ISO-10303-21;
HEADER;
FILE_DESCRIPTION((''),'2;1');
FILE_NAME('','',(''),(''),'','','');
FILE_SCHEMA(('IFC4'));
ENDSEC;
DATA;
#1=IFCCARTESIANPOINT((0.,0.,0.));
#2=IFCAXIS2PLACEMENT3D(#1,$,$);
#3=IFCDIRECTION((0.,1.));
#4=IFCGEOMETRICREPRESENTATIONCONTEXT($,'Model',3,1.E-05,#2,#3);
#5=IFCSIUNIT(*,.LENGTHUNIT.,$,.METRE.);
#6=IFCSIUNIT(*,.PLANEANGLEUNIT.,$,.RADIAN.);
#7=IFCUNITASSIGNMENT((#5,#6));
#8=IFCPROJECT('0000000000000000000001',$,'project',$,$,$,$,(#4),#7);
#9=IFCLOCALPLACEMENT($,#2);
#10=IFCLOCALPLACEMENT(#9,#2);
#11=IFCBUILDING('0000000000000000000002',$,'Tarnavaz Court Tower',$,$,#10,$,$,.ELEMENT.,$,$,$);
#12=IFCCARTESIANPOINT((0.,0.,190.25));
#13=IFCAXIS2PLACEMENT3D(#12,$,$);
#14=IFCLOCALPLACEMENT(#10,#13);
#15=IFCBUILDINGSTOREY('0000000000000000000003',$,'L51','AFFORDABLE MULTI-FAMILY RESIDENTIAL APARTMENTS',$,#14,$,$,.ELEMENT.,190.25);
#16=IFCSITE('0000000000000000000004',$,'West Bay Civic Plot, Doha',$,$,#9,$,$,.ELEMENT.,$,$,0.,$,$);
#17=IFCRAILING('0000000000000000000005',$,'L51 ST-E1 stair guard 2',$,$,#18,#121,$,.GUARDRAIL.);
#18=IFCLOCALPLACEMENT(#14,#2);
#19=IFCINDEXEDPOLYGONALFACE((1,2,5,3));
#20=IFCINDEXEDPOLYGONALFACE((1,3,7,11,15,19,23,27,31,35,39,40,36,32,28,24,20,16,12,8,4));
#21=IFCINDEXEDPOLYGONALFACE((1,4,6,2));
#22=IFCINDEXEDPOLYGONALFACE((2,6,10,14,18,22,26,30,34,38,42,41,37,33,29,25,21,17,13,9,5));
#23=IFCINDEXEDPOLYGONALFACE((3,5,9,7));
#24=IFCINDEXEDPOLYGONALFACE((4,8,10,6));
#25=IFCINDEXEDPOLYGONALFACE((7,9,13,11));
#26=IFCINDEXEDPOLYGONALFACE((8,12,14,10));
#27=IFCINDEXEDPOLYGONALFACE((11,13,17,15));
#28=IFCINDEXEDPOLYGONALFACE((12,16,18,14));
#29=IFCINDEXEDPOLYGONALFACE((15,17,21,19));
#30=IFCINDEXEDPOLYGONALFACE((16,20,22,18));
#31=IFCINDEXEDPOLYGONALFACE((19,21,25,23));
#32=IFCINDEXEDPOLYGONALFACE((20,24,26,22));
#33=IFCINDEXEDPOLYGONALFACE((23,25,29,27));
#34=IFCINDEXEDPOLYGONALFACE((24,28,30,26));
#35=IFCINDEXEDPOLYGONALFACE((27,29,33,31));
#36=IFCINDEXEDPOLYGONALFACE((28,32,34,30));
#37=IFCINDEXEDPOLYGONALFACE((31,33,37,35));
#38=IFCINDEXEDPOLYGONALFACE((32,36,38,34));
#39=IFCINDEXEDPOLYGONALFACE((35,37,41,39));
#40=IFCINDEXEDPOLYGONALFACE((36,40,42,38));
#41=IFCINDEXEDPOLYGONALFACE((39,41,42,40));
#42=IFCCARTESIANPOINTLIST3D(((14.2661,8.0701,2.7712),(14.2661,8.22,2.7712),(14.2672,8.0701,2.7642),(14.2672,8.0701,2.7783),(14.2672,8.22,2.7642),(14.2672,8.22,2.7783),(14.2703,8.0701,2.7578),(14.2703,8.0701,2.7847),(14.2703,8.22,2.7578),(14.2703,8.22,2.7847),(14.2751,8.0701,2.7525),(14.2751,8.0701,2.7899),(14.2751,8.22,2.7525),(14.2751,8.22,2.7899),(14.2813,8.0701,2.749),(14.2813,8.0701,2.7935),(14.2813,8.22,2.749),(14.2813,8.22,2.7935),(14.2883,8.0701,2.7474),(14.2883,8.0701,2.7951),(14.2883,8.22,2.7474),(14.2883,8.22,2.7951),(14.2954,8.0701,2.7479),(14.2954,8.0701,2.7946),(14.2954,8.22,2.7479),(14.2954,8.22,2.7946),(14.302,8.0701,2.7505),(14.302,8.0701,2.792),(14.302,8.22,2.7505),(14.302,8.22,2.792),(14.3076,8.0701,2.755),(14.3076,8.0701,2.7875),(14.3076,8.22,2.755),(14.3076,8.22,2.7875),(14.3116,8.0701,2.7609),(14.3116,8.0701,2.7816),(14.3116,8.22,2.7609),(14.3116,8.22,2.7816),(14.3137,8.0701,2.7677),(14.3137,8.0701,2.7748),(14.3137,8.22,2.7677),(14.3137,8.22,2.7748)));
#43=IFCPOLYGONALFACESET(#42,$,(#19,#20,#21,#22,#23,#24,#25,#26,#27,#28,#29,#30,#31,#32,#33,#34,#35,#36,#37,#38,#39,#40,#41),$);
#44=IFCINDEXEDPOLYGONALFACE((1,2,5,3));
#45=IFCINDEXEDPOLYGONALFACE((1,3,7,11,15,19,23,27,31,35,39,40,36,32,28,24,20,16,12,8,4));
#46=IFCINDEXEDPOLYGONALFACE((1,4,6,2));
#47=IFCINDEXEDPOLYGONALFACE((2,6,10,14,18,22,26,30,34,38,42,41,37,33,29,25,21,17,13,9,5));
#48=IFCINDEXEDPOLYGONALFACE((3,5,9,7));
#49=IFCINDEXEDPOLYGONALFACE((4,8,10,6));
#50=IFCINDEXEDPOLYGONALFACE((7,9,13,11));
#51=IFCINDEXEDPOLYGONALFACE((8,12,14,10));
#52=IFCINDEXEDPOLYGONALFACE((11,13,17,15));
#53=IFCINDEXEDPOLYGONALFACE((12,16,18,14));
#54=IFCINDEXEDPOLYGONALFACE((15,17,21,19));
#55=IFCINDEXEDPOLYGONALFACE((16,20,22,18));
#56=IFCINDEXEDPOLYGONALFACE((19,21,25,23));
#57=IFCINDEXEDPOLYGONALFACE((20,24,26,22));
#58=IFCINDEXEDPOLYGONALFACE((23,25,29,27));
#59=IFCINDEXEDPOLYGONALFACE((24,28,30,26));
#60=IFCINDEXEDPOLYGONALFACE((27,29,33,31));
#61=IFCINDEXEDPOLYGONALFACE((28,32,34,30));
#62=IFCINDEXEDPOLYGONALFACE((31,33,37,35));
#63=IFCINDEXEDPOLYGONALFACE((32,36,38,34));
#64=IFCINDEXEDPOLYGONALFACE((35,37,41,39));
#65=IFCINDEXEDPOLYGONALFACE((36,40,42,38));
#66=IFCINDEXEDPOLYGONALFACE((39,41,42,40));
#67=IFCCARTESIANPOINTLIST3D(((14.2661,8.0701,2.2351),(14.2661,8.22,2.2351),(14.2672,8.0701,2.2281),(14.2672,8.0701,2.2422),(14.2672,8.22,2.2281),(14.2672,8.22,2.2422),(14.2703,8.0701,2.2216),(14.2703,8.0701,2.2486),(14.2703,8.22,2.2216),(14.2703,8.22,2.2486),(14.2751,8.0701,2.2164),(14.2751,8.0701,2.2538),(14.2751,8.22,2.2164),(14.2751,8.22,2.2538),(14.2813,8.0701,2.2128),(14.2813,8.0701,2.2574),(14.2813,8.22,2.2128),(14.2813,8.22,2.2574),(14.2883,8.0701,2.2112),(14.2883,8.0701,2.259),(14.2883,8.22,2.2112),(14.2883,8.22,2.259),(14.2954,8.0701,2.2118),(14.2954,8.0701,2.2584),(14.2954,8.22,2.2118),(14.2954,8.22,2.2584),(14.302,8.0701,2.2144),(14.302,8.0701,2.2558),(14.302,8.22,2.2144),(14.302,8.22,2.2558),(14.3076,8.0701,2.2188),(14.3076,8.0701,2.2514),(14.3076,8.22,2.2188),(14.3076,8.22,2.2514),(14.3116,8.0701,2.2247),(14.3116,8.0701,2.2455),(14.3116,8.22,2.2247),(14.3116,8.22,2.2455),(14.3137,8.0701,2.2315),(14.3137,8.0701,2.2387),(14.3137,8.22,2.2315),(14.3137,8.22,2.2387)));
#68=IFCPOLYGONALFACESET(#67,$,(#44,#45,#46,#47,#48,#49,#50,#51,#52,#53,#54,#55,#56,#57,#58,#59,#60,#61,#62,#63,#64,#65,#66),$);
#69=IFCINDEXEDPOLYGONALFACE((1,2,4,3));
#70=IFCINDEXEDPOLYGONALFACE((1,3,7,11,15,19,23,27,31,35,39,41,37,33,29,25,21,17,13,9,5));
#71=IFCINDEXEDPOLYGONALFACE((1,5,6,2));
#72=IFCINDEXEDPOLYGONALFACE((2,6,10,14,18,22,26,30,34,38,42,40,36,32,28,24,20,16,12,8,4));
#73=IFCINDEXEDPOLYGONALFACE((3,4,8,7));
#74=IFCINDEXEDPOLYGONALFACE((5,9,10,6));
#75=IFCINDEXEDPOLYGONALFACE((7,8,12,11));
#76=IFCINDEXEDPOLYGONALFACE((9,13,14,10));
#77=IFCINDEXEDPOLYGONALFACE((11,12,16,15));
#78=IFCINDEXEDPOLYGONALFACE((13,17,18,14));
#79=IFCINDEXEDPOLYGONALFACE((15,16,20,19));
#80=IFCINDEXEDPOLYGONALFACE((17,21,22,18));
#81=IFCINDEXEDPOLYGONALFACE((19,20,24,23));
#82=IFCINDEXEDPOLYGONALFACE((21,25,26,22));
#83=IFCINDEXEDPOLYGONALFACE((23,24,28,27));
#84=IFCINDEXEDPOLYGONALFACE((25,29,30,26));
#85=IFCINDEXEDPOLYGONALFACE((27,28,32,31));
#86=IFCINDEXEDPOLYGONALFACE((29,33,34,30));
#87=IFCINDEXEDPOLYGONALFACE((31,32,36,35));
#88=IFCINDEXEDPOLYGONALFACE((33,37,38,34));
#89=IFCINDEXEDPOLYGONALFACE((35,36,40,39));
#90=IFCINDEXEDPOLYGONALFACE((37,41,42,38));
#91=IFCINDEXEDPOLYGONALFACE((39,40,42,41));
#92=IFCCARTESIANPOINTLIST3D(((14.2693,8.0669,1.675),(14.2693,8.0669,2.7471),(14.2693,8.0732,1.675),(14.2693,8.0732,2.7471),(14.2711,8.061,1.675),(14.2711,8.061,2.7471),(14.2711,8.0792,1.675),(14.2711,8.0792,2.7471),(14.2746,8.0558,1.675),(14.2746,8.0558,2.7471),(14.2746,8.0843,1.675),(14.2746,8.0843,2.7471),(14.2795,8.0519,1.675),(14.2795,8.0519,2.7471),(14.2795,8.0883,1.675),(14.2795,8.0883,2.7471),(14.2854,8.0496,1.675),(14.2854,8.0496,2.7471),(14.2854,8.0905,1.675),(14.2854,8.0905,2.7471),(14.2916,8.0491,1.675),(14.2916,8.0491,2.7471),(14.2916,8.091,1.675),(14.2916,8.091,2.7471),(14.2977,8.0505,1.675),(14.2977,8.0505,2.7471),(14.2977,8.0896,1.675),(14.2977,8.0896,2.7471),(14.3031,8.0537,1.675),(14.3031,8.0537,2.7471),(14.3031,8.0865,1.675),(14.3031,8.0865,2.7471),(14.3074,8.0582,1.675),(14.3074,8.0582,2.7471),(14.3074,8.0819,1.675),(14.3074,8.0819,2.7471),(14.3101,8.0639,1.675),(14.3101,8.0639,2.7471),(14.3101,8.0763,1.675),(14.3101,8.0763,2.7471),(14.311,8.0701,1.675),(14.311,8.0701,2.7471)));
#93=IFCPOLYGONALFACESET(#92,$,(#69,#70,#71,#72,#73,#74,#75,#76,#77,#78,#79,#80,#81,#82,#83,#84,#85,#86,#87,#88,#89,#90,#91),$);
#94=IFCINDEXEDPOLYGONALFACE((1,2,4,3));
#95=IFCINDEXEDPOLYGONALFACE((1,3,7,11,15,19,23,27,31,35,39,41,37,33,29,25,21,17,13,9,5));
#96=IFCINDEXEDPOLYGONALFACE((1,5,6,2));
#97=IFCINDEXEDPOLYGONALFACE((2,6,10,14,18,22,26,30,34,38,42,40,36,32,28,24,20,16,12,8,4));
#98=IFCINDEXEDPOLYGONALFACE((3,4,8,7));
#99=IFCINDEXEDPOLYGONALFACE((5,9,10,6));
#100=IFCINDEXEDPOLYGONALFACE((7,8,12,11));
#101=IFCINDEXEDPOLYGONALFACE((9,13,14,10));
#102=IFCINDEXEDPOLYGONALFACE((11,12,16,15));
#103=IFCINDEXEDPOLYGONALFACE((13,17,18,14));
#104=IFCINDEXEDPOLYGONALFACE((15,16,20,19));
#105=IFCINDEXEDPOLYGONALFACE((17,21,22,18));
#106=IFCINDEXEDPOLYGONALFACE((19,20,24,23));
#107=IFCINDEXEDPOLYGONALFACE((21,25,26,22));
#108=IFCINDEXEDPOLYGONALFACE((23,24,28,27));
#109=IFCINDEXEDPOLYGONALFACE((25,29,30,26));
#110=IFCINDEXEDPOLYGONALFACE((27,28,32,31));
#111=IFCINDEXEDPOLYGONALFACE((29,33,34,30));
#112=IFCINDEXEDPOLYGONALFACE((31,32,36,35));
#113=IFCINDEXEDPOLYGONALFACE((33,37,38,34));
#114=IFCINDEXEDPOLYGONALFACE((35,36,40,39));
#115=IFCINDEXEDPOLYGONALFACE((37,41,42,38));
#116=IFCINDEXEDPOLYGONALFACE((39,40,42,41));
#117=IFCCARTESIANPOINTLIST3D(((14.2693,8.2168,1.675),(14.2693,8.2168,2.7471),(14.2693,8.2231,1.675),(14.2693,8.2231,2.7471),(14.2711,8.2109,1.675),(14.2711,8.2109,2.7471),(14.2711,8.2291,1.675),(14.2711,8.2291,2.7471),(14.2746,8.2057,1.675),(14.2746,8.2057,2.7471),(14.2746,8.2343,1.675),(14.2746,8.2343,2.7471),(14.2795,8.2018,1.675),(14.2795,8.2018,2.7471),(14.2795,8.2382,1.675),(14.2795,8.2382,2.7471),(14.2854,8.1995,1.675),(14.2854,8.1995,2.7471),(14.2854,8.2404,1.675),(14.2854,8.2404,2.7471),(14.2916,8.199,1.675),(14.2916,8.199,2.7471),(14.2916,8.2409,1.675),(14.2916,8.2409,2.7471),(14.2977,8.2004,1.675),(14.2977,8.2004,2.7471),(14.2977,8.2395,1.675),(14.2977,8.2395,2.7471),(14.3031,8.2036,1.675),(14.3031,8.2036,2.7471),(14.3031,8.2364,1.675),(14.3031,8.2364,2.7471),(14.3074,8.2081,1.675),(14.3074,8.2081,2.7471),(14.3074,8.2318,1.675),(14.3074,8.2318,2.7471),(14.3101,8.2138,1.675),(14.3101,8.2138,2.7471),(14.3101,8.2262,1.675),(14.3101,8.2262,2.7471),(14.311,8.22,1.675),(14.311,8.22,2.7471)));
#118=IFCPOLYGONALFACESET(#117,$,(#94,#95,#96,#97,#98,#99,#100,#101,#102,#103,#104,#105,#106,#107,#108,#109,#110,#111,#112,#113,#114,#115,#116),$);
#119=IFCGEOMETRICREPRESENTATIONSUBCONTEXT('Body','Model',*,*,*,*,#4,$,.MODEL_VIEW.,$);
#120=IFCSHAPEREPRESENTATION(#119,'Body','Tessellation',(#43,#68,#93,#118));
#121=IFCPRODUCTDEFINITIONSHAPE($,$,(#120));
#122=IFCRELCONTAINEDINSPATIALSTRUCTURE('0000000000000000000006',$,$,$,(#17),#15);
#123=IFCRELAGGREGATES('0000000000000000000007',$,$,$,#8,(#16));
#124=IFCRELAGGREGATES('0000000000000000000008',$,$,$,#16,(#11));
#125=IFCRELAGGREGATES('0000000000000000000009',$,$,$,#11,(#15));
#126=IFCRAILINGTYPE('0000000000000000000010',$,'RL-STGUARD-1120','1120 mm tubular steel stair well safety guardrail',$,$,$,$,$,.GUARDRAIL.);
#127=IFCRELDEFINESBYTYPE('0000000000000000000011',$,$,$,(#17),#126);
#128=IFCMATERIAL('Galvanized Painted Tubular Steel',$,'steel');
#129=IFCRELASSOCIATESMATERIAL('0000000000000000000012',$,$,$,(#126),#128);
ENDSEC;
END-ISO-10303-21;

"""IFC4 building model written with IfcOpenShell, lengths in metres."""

from ifc_helpers import new_model, si_unit, direction, frame, origin, origin_2d, place, context, subcontext, project, spatial, circle, extrude, material, type_object, element, save


model = new_model("IFC4")

# Units and contexts
model_context = context("Model", 3, precision=1e-05, world=origin(), true_north=direction((0.0, 1.0)))
body_context = subcontext(model_context, "Body", "Model", "MODEL_VIEW")
ifc_project = project(units=[si_unit("LENGTHUNIT", "METRE"), si_unit("PLANEANGLEUNIT", "RADIAN")], contexts=[model_context])

# Site, building, storey
site_placement = place(None, origin())
site = spatial("IfcSite", under=ifc_project, at=site_placement, Name="West Bay Civic Plot, Doha", CompositionType="ELEMENT", RefElevation=0.0)
building_placement = place(site_placement, origin())
building = spatial("IfcBuilding", under=site, at=building_placement, Name="Tarnavaz Court Tower", CompositionType="ELEMENT")
storey_placement = place(building_placement, frame((0.0, 0.0, 190.25)))
storey = spatial("IfcBuildingStorey", under=building, at=storey_placement, Name="L51", Description="AFFORDABLE MULTI-FAMILY RESIDENTIAL APARTMENTS", CompositionType="ELEMENT", Elevation=190.25)

# Railing
ifc_material_1 = material(Name="Galvanized Painted Tubular Steel", Category="steel")
railing_type_1 = type_object("IfcRailingType", Name="RL-STGUARD-1120", Description="1120 mm tubular steel stair well safety guardrail", PredefinedType="GUARDRAIL", material=ifc_material_1)
for number, where, name in (
    (1, (14.29, 8.0701, 1.675), "L51 ST-E1 stair guard 2"),
):
    element("IfcRailing", number, at=place(storey_placement, frame(where)), inside=storey, type_object=railing_type_1, Name=name, PredefinedType="GUARDRAIL", context=body_context, shape_type="SweptSolid", body=[
        extrude(circle(Radius=0.0239, at=origin_2d()), frame((0.0, 0.0, 1.0962), z_axis=(0.0, 1.0, 0.0), x_axis=(-1.0, 0.0, 0.0)), (0.0, 0.0, 1.0), 0.1499),
        extrude(circle(Radius=0.0239, at=origin_2d()), frame((0.0, 0.0, 0.5601), z_axis=(0.0, 1.0, 0.0), x_axis=(-1.0, 0.0, 0.0)), (0.0, 0.0, 1.0), 0.1499),
        extrude(circle(Radius=0.021, at=origin_2d()), origin(), (0.0, 0.0, 1.0), 1.072),
        extrude(circle(Radius=0.021, at=origin_2d()), frame((0.0, 0.1499, 0.0)), (0.0, 0.0, 1.0), 1.072),
    ])

save(model, "model.ifc")
